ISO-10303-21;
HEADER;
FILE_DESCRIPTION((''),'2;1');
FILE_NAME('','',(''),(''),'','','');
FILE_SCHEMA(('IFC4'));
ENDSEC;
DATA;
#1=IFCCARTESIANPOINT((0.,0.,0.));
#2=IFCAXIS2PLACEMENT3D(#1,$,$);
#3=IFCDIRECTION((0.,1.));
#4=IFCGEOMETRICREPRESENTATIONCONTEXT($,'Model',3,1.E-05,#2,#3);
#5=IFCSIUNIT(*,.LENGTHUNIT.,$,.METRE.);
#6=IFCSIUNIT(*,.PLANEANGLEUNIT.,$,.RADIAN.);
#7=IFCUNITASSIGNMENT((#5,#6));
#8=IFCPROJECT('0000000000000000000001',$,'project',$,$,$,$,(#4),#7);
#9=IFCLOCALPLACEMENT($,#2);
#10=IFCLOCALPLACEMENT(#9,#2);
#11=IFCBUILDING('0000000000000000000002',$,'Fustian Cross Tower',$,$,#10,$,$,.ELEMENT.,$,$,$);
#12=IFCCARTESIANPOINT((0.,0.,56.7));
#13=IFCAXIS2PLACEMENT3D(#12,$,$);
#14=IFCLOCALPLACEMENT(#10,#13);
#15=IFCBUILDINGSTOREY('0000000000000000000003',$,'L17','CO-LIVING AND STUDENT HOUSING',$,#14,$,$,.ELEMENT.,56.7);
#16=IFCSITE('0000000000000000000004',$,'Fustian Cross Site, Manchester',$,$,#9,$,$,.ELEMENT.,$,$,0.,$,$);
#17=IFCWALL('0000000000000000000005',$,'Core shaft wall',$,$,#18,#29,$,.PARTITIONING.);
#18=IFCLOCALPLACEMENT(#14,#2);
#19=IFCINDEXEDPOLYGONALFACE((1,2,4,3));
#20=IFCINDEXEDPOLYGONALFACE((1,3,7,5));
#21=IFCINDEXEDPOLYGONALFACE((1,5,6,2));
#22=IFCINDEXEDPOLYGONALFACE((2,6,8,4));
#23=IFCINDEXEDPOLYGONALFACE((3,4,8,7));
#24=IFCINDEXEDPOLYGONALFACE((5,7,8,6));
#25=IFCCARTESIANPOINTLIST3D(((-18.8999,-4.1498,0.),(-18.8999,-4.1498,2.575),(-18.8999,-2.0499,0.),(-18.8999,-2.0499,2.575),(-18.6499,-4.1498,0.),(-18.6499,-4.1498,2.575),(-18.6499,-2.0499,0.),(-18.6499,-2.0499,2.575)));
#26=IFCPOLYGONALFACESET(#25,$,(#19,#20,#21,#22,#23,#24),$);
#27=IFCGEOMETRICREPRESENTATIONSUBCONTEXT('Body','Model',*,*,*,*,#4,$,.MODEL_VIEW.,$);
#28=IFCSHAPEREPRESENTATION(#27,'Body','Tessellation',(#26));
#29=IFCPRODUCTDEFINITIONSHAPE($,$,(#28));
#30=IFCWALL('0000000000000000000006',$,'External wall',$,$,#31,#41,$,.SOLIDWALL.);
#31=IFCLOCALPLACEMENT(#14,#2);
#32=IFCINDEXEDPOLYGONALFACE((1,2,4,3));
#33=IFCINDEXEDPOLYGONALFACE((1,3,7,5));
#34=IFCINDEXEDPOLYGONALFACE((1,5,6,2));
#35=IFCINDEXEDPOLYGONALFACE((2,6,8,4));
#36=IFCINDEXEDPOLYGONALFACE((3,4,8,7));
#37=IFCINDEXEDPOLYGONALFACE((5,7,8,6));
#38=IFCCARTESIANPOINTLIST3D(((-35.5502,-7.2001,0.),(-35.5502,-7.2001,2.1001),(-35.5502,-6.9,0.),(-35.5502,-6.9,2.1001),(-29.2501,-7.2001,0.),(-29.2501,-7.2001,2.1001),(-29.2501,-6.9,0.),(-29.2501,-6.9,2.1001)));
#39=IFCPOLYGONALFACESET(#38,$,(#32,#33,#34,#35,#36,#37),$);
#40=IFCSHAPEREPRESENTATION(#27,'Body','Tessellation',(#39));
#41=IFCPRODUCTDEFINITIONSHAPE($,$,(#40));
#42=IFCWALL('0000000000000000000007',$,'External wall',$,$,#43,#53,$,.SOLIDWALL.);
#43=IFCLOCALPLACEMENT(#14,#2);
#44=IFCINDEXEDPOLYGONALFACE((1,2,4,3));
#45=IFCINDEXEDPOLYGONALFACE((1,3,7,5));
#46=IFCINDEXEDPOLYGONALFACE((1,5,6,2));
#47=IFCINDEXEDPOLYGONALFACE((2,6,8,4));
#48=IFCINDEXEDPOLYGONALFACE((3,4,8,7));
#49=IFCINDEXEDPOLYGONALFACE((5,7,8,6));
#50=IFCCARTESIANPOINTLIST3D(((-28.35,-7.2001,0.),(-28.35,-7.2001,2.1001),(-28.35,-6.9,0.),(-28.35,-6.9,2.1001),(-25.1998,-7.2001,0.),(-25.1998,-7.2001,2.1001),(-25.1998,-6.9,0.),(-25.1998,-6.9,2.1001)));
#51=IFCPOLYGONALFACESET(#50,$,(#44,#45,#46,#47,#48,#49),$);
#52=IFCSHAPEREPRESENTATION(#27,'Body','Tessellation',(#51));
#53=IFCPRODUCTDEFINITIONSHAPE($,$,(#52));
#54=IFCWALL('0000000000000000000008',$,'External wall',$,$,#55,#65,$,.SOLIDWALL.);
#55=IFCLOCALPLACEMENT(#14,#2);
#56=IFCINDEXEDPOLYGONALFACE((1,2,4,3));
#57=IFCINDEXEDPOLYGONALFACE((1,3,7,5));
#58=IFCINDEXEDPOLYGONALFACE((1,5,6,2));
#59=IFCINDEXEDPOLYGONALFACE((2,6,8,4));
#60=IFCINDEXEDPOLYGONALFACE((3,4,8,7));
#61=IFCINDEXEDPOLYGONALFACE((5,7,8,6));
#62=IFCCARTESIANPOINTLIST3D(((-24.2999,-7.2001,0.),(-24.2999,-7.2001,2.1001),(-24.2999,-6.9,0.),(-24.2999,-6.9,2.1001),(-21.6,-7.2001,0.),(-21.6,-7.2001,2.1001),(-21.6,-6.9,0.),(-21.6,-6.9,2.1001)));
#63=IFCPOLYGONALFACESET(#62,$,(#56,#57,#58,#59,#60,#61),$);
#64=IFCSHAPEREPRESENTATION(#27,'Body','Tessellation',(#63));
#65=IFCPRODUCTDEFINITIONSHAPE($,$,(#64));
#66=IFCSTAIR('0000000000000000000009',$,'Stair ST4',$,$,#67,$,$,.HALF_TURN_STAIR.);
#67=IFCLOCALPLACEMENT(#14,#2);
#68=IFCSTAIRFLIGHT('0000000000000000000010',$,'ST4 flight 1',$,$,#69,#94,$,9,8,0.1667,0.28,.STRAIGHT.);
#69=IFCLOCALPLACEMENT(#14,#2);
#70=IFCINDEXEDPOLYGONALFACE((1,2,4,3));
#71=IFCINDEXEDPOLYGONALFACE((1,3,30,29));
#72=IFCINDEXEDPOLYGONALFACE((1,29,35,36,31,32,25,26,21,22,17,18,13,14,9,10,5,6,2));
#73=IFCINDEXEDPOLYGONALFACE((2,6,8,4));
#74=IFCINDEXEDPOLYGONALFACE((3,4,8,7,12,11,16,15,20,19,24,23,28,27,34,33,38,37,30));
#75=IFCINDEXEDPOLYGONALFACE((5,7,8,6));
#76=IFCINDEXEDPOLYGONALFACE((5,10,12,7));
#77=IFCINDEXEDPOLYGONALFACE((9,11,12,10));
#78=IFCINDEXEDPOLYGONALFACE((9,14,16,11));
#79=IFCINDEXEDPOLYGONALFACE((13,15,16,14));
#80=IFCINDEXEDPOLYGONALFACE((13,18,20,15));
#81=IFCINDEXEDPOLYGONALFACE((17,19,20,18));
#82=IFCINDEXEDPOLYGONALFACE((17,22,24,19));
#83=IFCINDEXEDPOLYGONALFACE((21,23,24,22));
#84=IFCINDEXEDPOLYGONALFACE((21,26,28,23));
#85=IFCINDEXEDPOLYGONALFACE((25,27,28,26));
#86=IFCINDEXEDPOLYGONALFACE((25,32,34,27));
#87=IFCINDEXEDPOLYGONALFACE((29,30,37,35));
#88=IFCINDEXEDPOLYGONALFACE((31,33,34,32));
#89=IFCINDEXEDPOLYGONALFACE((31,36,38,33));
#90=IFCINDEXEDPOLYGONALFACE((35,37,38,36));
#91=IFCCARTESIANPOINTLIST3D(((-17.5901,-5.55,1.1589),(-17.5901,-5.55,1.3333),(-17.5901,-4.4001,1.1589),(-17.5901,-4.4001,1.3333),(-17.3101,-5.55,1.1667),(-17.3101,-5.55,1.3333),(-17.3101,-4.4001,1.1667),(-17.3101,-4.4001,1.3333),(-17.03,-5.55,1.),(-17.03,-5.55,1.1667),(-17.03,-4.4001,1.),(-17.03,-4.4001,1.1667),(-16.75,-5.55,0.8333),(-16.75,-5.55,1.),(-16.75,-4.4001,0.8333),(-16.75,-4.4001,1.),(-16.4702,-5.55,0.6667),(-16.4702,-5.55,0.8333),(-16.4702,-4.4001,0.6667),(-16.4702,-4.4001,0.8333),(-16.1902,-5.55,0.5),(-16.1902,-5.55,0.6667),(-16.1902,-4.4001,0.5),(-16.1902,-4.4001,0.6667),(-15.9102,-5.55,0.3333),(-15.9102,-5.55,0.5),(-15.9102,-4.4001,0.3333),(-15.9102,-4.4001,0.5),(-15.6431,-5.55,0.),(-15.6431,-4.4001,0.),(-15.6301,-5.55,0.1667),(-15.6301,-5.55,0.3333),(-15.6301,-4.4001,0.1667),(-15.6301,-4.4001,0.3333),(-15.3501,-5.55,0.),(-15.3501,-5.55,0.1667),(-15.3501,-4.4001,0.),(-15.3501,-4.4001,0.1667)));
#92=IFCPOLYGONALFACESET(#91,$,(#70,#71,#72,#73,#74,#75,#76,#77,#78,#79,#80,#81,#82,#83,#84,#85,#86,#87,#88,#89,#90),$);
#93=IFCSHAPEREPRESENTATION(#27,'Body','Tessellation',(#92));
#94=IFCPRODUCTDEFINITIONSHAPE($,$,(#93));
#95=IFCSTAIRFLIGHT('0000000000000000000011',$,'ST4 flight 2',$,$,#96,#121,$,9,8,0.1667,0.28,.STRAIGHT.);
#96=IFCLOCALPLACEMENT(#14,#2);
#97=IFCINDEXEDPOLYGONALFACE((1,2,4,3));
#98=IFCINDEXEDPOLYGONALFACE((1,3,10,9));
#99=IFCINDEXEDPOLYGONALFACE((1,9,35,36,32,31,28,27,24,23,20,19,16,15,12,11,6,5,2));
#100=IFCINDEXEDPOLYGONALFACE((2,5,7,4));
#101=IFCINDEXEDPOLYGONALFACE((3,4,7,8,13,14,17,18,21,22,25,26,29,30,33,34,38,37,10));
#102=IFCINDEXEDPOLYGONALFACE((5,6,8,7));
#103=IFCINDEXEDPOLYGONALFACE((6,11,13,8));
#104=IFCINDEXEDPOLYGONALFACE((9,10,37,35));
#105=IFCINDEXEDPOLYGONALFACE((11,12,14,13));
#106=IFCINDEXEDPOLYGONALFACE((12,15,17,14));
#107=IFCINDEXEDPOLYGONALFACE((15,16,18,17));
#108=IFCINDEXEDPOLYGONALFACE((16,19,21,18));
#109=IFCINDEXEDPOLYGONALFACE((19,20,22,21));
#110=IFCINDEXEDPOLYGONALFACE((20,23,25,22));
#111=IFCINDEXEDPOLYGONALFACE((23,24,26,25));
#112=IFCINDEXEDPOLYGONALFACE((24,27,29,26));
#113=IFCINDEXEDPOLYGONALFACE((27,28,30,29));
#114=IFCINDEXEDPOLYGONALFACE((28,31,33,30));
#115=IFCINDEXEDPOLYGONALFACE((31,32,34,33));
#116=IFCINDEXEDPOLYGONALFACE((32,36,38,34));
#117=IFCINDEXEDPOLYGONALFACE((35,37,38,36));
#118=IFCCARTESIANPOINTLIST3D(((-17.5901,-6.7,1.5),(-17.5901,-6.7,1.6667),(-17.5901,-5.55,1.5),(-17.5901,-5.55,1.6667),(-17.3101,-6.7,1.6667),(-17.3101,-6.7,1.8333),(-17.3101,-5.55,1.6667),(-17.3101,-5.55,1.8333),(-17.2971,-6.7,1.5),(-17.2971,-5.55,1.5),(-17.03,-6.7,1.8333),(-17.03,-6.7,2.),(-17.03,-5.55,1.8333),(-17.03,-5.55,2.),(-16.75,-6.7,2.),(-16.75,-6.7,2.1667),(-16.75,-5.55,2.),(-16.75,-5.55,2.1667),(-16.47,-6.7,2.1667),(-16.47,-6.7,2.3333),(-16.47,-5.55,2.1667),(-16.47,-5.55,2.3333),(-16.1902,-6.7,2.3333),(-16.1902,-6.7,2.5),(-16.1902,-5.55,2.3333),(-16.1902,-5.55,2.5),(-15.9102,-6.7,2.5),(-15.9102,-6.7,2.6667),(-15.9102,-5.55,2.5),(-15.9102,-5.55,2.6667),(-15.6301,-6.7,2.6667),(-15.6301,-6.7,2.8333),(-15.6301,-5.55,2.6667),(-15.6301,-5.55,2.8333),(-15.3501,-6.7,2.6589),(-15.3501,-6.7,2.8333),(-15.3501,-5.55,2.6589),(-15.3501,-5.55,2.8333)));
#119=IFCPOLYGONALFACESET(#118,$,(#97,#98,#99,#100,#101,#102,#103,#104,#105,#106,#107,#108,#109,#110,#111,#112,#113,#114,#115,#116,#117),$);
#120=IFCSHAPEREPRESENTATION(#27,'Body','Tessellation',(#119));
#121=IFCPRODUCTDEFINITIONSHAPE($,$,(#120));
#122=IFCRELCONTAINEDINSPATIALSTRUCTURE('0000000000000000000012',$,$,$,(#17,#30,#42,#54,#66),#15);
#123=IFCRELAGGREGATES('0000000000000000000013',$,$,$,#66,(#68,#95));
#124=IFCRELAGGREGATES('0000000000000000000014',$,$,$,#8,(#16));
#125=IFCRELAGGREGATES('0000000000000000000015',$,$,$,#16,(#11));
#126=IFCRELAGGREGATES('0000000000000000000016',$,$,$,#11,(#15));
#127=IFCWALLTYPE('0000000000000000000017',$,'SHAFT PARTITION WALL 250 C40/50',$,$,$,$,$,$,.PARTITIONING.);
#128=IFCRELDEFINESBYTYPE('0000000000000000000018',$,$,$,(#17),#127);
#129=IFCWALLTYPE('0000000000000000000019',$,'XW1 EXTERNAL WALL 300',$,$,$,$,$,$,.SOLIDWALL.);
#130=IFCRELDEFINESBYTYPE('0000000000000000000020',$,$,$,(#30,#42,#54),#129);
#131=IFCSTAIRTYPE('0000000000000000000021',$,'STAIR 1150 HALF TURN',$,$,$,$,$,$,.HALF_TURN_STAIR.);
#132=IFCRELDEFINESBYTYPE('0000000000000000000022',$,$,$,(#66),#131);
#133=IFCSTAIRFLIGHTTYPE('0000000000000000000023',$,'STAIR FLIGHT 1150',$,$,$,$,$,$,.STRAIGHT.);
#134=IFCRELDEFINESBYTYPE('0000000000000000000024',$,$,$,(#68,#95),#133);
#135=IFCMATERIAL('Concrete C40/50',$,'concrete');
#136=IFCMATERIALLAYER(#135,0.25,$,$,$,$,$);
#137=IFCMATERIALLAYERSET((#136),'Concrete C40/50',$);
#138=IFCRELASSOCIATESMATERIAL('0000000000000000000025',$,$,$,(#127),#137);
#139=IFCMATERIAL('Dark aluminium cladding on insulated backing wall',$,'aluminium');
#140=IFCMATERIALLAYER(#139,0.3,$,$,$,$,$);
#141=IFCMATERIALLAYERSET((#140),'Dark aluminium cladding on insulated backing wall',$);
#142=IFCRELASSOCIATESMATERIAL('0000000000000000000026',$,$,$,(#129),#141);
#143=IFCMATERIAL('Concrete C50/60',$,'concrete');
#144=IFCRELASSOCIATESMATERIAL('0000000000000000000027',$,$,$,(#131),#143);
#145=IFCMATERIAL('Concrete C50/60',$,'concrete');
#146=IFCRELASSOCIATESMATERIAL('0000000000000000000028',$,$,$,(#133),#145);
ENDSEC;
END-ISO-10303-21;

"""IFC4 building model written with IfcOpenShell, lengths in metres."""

from ifc_helpers import new_model, si_unit, direction, frame, frame_2d, origin, place, context, subcontext, project, spatial, polyline, rectangle, outline, extrude, material, layer, layer_set, type_object, element, aggregate, save


model = new_model("IFC4")

# Units and contexts
model_context = context("Model", 3, precision=1e-05, world=origin(), true_north=direction((0.0, 1.0)))
body_context = subcontext(model_context, "Body", "Model", "MODEL_VIEW")
ifc_project = project(units=[si_unit("LENGTHUNIT", "METRE"), si_unit("PLANEANGLEUNIT", "RADIAN")], contexts=[model_context])

# Site, building, storey
site_placement = place(None, origin())
site = spatial("IfcSite", under=ifc_project, at=site_placement, Name="Fustian Cross Site, Manchester", CompositionType="ELEMENT", RefElevation=0.0)
building_placement = place(site_placement, origin())
building = spatial("IfcBuilding", under=site, at=building_placement, Name="Fustian Cross Tower", CompositionType="ELEMENT")
storey_placement = place(building_placement, frame((0.0, 0.0, 56.7)))
storey = spatial("IfcBuildingStorey", under=building, at=storey_placement, Name="L17", Description="CO-LIVING AND STUDENT HOUSING", CompositionType="ELEMENT", Elevation=56.7)

# Walls
ifc_material_1 = material(Name="Concrete C40/50", Category="concrete")
ifc_layer_1 = layer(ifc_material_1, 0.25)
ifc_layer_set_1 = layer_set([ifc_layer_1], Name="Concrete C40/50")
wall_type_1 = type_object("IfcWallType", Name="SHAFT PARTITION WALL 250 C40/50", PredefinedType="PARTITIONING", material=ifc_layer_set_1)
wall_1_placement = place(storey_placement, frame((-18.7749, -2.05, 0.0), z_axis=(0.0, 0.0, 1.0), x_axis=(0.0, -1.0, 0.0)))
element("IfcWall", 1, at=wall_1_placement, inside=storey, type_object=wall_type_1, Name="Core shaft wall", PredefinedType="PARTITIONING", context=body_context, shape_type="SweptSolid", body=[
    extrude(rectangle(XDim=2.0999, YDim=0.25, at=frame_2d((1.0498, 0.0))), origin(), (0.0, 0.0, 1.0), 2.575),
])
ifc_material_2 = material(Name="Dark aluminium cladding on insulated backing wall", Category="aluminium")
ifc_layer_2 = layer(ifc_material_2, 0.3)
ifc_layer_set_2 = layer_set([ifc_layer_2], Name="Dark aluminium cladding on insulated backing wall")
wall_type_2 = type_object("IfcWallType", Name="XW1 EXTERNAL WALL 300", PredefinedType="SOLIDWALL", material=ifc_layer_set_2)
wall_2_placement = place(storey_placement, frame((-35.55, -7.05, 0.0), z_axis=(0.0, 0.0, 1.0), x_axis=(1.0, 0.0, 0.0)))
element("IfcWall", 2, at=wall_2_placement, inside=storey, type_object=wall_type_2, Name="External wall", PredefinedType="SOLIDWALL", context=body_context, shape_type="SweptSolid", body=[
    extrude(rectangle(XDim=6.3, YDim=0.3, at=frame_2d((3.1499, 0.0))), origin(), (0.0, 0.0, 1.0), 2.1001),
])
wall_3_placement = place(storey_placement, frame((-28.3501, -7.05, 0.0), z_axis=(0.0, 0.0, 1.0), x_axis=(1.0, 0.0, 0.0)))
element("IfcWall", 3, at=wall_3_placement, inside=storey, type_object=wall_type_2, Name="External wall", PredefinedType="SOLIDWALL", context=body_context, shape_type="SweptSolid", body=[
    extrude(rectangle(XDim=3.1501, YDim=0.3, at=frame_2d((1.5752, 0.0))), origin(), (0.0, 0.0, 1.0), 2.1001),
])
wall_4_placement = place(storey_placement, frame((-24.3, -7.05, 0.0), z_axis=(0.0, 0.0, 1.0), x_axis=(1.0, 0.0, 0.0)))
element("IfcWall", 4, at=wall_4_placement, inside=storey, type_object=wall_type_2, Name="External wall", PredefinedType="SOLIDWALL", context=body_context, shape_type="SweptSolid", body=[
    extrude(rectangle(XDim=2.7, YDim=0.3, at=frame_2d((1.3501, 0.0))), origin(), (0.0, 0.0, 1.0), 2.1001),
])

# Stair, stair flights
ifc_material_3 = material(Name="Concrete C50/60", Category="concrete")
stair_type = type_object("IfcStairType", Name="STAIR 1150 HALF TURN", PredefinedType="HALF_TURN_STAIR", material=ifc_material_3)
stair_placement = place(storey_placement, origin())
stair = element("IfcStair", 5, at=stair_placement, inside=storey, type_object=stair_type, Name="Stair ST4", PredefinedType="HALF_TURN_STAIR")
ifc_material_4 = material(Name="Concrete C50/60", Category="concrete")
stair_flight_type = type_object("IfcStairFlightType", Name="STAIR FLIGHT 1150", PredefinedType="STRAIGHT", material=ifc_material_4)
stair_flight_1_placement = place(storey_placement, frame((-15.3501, -4.9751, 0.0), z_axis=(0.0, 0.0, 1.0), x_axis=(-1.0, 0.0, 0.0)))
stair_flight_1 = element("IfcStairFlight", 6, at=stair_flight_1_placement, type_object=stair_flight_type, Name="ST4 flight 1", NumberOfRisers=9, NumberOfTreads=8, PredefinedType="STRAIGHT", RiserHeight=0.1667, TreadLength=0.28, context=body_context, shape_type="SweptSolid", body=[
    extrude(outline(polyline([(0.0, 0.0), (0.0, 0.1667), (0.28, 0.1667), (0.28, 0.3333), (0.5601, 0.3333), (0.5601, 0.5), (0.8401, 0.5), (0.8401, 0.6667), (1.1201, 0.6667), (1.1201, 0.8333), (1.3999, 0.8333), (1.3999, 1.0), (1.6799, 1.0), (1.6799, 1.1667), (1.96, 1.1667), (1.96, 1.3333), (2.24, 1.3333), (2.24, 1.5), (2.24, 1.1589), (0.293, 0.0), (0.0, 0.0)])), frame((0.0, 0.575, 0.0), z_axis=(0.0, -1.0, 0.0), x_axis=(1.0, 0.0, 0.0)), (0.0, 0.0, 1.0), 1.1499),
])
stair_flight_2_placement = place(storey_placement, frame((-17.5901, -6.125, 1.5), z_axis=(0.0, 0.0, 1.0), x_axis=(1.0, 0.0, 0.0)))
stair_flight_2 = element("IfcStairFlight", 7, at=stair_flight_2_placement, type_object=stair_flight_type, Name="ST4 flight 2", NumberOfRisers=9, NumberOfTreads=8, PredefinedType="STRAIGHT", RiserHeight=0.1667, TreadLength=0.28, context=body_context, shape_type="SweptSolid", body=[
    extrude(outline(polyline([(0.0, 0.0), (0.0, 0.1667), (0.28, 0.1667), (0.28, 0.3333), (0.5601, 0.3333), (0.5601, 0.5), (0.8401, 0.5), (0.8401, 0.6667), (1.1201, 0.6667), (1.1201, 0.8333), (1.3999, 0.8333), (1.3999, 1.0), (1.6799, 1.0), (1.6799, 1.1667), (1.96, 1.1667), (1.96, 1.3333), (2.24, 1.3333), (2.24, 1.5), (2.24, 1.1589), (0.293, 0.0), (0.0, 0.0)])), frame((0.0, 0.575, 0.0), z_axis=(0.0, -1.0, 0.0), x_axis=(1.0, 0.0, 0.0)), (0.0, 0.0, 1.0), 1.1499),
])
aggregate(stair, [stair_flight_1, stair_flight_2])

save(model, "model.ifc")
